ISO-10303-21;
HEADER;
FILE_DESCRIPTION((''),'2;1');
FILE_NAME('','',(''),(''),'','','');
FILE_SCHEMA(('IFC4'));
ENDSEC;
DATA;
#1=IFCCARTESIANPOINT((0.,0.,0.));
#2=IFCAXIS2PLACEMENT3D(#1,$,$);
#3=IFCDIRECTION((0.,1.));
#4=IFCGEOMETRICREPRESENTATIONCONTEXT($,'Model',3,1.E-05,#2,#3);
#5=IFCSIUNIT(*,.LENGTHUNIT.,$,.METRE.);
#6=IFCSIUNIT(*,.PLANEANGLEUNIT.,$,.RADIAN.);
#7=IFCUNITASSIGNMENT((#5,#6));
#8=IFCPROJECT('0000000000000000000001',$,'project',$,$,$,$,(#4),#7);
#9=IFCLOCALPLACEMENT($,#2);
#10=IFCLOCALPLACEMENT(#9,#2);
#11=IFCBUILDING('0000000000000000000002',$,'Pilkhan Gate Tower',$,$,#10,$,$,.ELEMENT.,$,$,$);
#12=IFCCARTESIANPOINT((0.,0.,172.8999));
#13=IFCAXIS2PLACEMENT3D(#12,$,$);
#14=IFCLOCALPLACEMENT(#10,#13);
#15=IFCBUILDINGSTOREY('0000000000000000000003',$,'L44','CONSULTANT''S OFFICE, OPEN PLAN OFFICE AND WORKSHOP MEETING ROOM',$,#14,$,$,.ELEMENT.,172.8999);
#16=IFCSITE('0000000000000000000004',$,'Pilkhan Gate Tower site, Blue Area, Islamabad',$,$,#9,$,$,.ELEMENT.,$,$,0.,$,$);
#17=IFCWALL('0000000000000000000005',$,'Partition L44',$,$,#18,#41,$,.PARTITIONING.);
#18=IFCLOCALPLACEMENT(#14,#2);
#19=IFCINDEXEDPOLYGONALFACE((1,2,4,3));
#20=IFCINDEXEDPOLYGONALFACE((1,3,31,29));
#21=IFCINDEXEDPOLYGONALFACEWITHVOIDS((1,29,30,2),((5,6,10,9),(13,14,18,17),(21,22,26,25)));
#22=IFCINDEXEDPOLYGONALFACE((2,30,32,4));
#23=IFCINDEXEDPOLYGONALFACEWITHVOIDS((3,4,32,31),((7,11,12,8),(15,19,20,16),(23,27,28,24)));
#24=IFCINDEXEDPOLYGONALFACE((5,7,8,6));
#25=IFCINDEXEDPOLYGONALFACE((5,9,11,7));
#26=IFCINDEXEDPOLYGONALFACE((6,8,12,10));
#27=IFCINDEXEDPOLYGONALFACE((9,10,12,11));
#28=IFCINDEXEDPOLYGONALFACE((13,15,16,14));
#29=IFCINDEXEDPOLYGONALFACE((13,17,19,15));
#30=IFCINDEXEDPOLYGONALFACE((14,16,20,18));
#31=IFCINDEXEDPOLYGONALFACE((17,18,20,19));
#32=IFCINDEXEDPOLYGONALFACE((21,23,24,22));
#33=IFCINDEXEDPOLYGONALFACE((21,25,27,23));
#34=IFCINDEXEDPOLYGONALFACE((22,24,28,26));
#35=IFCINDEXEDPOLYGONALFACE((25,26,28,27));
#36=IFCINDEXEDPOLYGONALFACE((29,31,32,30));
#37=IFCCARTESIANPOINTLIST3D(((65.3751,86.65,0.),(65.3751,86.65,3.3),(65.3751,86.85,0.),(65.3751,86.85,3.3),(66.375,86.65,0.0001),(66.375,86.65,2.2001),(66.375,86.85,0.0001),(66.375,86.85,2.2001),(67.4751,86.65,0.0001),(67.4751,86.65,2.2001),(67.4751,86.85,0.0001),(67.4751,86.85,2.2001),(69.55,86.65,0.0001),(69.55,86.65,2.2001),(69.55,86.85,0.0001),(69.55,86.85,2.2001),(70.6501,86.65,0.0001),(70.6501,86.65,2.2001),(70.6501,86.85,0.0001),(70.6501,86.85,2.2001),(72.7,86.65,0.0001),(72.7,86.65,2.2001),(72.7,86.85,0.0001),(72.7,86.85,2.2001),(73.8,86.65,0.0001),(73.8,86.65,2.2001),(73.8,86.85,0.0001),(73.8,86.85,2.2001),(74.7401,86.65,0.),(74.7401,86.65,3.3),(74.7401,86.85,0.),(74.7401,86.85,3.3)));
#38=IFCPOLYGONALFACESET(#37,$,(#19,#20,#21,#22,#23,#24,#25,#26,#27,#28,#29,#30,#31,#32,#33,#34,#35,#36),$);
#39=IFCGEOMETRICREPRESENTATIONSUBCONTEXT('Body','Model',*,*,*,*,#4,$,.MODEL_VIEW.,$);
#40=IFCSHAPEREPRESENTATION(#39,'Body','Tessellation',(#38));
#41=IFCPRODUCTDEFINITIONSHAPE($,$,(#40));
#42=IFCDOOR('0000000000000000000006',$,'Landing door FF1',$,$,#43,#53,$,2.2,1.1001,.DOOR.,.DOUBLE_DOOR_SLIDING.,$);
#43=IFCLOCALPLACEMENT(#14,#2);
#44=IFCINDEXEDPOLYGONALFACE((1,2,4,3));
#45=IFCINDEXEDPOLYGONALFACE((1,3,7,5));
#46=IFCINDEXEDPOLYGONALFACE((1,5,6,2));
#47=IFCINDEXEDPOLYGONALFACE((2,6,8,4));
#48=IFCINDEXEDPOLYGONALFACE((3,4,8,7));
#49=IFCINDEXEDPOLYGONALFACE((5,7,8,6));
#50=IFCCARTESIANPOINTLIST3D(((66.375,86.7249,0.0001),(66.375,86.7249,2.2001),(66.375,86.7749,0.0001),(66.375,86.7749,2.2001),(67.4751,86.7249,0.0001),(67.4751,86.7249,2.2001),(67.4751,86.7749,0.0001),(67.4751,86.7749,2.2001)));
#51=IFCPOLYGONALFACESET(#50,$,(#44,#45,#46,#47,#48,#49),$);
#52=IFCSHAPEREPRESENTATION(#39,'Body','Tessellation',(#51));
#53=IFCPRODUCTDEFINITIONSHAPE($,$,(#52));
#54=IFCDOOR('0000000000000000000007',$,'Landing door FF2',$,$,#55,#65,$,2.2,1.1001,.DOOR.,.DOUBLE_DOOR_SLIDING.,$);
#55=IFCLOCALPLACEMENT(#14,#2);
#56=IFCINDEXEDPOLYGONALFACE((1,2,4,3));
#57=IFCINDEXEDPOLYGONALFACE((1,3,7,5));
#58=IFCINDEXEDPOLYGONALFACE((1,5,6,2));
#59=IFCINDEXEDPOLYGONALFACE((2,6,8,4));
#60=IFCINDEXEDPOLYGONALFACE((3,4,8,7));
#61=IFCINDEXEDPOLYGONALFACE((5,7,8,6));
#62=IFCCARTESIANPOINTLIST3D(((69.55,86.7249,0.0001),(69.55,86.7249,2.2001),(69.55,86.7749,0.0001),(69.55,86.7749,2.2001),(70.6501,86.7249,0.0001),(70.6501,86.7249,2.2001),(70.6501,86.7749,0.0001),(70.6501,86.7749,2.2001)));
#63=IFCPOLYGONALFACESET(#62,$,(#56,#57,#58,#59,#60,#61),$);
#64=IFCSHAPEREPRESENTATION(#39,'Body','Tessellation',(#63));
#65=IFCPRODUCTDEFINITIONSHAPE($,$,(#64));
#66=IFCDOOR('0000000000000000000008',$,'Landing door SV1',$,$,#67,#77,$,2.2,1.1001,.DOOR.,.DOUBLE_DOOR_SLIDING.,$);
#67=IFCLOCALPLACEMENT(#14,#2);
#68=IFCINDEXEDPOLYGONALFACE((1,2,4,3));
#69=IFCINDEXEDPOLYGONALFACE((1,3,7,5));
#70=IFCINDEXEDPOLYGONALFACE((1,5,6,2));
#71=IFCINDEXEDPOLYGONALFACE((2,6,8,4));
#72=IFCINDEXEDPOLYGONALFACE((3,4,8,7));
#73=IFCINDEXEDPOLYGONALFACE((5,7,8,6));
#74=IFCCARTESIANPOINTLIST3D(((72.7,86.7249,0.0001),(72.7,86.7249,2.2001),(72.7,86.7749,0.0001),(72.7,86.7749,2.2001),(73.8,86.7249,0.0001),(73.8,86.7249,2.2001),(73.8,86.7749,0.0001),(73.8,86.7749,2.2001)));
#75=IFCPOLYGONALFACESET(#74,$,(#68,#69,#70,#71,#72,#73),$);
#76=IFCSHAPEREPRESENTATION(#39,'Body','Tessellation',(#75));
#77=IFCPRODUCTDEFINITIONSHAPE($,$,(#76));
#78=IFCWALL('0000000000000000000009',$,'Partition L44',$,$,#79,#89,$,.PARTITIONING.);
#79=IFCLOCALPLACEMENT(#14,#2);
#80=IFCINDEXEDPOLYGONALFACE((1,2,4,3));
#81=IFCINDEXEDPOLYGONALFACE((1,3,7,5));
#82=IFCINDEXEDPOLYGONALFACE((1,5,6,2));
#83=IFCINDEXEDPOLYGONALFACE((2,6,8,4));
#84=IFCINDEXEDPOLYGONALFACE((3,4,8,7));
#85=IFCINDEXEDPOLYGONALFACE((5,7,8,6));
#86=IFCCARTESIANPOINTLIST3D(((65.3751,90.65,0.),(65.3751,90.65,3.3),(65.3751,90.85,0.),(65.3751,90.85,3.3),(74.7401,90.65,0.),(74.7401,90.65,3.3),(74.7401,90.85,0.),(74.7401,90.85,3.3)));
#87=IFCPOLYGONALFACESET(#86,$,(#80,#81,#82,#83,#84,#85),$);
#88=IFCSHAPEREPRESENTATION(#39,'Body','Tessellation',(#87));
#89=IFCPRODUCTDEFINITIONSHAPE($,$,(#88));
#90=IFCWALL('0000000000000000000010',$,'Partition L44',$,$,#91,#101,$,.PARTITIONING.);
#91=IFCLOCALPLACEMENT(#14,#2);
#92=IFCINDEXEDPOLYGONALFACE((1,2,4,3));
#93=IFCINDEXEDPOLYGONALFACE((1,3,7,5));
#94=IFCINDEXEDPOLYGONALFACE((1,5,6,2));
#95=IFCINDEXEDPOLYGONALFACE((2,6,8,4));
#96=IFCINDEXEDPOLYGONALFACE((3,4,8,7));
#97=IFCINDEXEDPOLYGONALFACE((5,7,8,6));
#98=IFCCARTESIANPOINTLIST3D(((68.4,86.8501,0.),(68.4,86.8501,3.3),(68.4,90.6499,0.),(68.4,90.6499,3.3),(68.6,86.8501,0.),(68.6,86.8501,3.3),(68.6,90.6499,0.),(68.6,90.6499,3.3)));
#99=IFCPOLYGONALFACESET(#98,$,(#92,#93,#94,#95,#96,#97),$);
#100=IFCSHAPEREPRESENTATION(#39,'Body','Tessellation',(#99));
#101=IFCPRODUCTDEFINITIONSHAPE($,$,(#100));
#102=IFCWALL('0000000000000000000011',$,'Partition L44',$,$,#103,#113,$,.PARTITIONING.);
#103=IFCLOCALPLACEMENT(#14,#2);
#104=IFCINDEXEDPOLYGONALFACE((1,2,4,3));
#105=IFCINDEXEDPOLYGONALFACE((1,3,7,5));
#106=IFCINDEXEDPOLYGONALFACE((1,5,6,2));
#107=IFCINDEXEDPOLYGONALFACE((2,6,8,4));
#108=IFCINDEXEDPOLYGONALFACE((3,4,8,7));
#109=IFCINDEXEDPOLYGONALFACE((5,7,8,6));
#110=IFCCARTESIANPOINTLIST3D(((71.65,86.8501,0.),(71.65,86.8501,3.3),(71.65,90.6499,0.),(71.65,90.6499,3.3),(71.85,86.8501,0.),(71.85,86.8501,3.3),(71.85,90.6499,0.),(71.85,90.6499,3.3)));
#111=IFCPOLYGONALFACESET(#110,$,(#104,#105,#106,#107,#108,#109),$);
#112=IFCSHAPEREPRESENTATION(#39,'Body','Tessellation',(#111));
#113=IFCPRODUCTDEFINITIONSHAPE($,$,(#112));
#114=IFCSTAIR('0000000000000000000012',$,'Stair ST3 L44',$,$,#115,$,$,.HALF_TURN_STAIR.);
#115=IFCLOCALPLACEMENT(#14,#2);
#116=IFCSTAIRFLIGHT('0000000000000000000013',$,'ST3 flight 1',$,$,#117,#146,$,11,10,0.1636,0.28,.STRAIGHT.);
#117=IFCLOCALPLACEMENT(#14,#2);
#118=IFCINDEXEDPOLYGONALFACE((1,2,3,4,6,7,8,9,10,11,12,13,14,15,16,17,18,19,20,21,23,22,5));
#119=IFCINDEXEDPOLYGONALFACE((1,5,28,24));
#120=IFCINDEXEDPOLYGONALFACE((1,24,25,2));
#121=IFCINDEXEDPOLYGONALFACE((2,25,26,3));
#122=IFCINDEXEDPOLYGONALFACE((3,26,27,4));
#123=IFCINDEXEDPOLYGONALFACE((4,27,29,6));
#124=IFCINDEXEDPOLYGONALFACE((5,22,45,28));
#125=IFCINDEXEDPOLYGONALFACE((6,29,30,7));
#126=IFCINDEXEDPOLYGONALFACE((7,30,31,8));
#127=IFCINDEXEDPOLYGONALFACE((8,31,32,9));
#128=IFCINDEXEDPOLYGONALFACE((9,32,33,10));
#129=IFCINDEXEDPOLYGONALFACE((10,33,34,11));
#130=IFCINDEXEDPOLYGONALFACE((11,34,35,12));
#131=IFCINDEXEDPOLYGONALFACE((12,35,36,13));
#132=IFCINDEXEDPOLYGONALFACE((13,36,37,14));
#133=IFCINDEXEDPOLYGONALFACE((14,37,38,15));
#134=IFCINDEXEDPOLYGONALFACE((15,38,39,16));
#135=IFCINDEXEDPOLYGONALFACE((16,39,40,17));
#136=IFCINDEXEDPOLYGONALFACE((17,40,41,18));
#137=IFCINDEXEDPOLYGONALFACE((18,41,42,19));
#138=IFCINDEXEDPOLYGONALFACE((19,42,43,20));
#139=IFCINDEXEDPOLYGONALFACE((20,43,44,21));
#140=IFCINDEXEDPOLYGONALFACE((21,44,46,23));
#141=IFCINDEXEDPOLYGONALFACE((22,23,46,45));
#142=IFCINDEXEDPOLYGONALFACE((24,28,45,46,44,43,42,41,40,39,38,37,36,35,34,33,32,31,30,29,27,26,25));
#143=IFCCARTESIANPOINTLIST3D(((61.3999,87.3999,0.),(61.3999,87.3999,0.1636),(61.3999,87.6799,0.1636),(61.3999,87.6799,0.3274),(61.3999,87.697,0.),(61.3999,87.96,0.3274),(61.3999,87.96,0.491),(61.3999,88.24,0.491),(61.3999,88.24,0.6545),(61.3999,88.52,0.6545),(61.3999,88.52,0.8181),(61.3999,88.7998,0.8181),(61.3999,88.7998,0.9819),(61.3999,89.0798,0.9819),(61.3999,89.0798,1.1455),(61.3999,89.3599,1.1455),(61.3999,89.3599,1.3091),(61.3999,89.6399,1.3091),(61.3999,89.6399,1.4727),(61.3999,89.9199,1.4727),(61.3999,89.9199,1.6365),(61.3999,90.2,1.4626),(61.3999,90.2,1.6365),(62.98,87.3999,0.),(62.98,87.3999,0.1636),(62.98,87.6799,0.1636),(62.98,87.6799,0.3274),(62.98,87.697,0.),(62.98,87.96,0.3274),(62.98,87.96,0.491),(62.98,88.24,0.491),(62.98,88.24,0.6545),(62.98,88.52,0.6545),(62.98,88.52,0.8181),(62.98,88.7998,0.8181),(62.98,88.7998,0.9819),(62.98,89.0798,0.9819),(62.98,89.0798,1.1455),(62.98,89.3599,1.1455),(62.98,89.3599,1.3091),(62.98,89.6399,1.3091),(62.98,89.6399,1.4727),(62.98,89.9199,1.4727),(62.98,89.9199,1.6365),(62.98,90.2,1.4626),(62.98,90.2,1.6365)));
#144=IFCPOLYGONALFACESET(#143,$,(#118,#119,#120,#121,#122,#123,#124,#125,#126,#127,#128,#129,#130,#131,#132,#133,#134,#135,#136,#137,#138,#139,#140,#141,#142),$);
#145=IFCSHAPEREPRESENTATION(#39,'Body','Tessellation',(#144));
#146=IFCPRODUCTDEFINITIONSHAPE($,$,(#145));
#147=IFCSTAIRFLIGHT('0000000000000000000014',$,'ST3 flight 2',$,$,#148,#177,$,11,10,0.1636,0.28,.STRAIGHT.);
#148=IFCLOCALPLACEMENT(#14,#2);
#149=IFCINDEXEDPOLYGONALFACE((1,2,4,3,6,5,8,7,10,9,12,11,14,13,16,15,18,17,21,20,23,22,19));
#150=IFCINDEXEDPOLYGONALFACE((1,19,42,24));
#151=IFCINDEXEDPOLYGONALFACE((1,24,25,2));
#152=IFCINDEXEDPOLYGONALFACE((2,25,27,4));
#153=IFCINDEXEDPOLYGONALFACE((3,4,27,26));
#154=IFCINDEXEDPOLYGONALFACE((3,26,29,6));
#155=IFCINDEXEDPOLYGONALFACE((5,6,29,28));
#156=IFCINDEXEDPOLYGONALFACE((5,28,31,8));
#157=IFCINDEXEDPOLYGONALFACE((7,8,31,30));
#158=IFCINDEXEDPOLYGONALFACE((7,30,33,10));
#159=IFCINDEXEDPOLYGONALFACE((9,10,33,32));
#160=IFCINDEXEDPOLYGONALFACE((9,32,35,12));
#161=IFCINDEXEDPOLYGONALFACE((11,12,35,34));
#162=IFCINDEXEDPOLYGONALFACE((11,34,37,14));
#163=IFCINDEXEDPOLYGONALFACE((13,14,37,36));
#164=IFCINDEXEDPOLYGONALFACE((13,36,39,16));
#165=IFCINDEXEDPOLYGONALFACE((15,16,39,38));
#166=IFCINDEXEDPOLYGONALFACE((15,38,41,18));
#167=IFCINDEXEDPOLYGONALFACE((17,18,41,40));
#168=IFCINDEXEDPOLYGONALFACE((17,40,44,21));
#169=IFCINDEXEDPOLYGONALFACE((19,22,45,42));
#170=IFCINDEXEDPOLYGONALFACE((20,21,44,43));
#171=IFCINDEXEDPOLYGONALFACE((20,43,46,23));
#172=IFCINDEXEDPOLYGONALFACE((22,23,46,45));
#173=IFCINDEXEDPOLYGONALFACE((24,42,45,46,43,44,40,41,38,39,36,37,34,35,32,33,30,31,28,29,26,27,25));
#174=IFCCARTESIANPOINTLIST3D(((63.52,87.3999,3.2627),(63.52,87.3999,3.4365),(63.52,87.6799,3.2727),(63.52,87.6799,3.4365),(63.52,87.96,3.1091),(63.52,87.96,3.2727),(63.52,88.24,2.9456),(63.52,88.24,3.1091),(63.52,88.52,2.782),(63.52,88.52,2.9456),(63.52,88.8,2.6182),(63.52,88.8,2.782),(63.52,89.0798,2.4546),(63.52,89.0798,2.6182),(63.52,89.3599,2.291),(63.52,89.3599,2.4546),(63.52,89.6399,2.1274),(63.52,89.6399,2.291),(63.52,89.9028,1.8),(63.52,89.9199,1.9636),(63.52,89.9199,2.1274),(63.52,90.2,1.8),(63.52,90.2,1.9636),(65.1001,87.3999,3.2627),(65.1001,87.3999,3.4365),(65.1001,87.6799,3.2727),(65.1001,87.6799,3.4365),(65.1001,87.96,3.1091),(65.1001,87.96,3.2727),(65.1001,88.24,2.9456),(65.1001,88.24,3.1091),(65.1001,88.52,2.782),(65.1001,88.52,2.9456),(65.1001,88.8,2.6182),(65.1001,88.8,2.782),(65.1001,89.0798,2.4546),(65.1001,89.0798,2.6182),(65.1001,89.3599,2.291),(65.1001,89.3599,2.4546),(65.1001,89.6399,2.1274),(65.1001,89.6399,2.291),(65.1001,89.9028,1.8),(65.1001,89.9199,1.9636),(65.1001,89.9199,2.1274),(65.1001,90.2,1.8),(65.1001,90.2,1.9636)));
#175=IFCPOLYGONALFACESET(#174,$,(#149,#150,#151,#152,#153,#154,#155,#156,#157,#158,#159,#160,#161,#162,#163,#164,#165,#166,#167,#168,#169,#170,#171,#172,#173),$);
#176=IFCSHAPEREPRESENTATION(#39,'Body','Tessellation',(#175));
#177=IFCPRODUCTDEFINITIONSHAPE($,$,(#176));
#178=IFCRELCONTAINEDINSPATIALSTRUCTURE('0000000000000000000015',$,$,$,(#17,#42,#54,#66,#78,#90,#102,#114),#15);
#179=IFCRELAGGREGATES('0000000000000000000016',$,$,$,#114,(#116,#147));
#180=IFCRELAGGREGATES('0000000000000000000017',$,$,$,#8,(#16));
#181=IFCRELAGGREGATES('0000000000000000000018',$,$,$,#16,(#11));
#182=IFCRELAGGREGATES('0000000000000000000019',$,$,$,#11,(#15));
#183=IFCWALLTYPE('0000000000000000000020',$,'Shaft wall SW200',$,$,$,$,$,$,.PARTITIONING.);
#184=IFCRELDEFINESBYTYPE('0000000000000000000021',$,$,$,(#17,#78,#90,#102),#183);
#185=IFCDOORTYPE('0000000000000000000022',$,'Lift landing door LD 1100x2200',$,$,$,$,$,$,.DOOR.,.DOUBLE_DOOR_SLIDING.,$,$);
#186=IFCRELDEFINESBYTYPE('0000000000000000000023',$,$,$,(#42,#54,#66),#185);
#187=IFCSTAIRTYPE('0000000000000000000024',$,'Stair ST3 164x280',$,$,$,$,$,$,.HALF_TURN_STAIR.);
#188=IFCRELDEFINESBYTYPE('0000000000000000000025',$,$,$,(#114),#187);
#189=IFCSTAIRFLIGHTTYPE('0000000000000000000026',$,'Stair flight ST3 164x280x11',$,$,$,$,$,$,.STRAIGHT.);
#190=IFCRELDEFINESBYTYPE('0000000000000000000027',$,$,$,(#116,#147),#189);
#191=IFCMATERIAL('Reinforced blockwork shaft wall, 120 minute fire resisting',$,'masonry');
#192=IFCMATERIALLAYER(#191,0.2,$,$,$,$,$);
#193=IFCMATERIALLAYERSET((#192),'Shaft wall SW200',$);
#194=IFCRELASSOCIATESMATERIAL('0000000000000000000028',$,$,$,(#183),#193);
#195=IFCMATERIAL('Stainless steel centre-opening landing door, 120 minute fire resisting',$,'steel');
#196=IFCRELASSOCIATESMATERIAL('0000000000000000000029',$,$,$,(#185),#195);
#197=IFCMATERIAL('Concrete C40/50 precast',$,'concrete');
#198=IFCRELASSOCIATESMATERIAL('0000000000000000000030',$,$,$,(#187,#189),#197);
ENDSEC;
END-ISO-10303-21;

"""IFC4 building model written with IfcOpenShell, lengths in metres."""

from ifc_helpers import new_model, si_unit, direction, frame, frame_2d, origin, place, context, subcontext, project, spatial, polyline, rectangle, outline, extrude, material, layer, layer_set, type_object, element, fill, aggregate, save


model = new_model("IFC4")

# Units and contexts
model_context = context("Model", 3, precision=1e-05, world=origin(), true_north=direction((0.0, 1.0)))
body_context = subcontext(model_context, "Body", "Model", "MODEL_VIEW")
ifc_project = project(units=[si_unit("LENGTHUNIT", "METRE"), si_unit("PLANEANGLEUNIT", "RADIAN")], contexts=[model_context])

# Site, building, storey
site_placement = place(None, origin())
site = spatial("IfcSite", under=ifc_project, at=site_placement, Name="Pilkhan Gate Tower site, Blue Area, Islamabad", CompositionType="ELEMENT", RefElevation=0.0)
building_placement = place(site_placement, origin())
building = spatial("IfcBuilding", under=site, at=building_placement, Name="Pilkhan Gate Tower", CompositionType="ELEMENT")
storey_placement = place(building_placement, frame((0.0, 0.0, 172.8999)))
storey = spatial("IfcBuildingStorey", under=building, at=storey_placement, Name="L44", Description="CONSULTANT'S OFFICE, OPEN PLAN OFFICE AND WORKSHOP MEETING ROOM", CompositionType="ELEMENT", Elevation=172.8999)

# Wall, openings, doors
ifc_material_1 = material(Name="Reinforced blockwork shaft wall, 120 minute fire resisting", Category="masonry")
ifc_layer_1 = layer(ifc_material_1, 0.2)
ifc_layer_set_1 = layer_set([ifc_layer_1], Name="Shaft wall SW200")
wall_type_1 = type_object("IfcWallType", Name="Shaft wall SW200", PredefinedType="PARTITIONING", material=ifc_layer_set_1)
wall_1_placement = place(storey_placement, frame((65.375, 86.75, 0.0), z_axis=(0.0, 0.0, 1.0), x_axis=(1.0, 0.0, 0.0)))
wall_1 = element("IfcWall", 1, at=wall_1_placement, inside=storey, type_object=wall_type_1, Name="Partition L44", PredefinedType="PARTITIONING", context=body_context, shape_type="SweptSolid", body=[
    extrude(rectangle(XDim=9.365, YDim=0.2, at=frame_2d((4.6826, 0.0))), origin(), (0.0, 0.0, 1.0), 3.3),
])
opening_1_placement = place(wall_1_placement, frame((1.0, 0.0, 0.0)))
opening_1 = element("IfcOpeningElement", 2, at=opening_1_placement, cuts=wall_1, PredefinedType="OPENING", context=body_context, shape_type="SweptSolid", body=[
    extrude(rectangle(XDim=1.1001, YDim=2.2, at=frame_2d((0.55, 1.1001))), frame((0.0, 0.1099, 0.0), z_axis=(0.0, -1.0, 0.0), x_axis=(1.0, 0.0, 0.0)), (0.0, 0.0, 1.0), 0.22),
])
opening_2_placement = place(wall_1_placement, frame((4.175, 0.0, 0.0)))
opening_2 = element("IfcOpeningElement", 3, at=opening_2_placement, cuts=wall_1, PredefinedType="OPENING", context=body_context, shape_type="SweptSolid", body=[
    extrude(rectangle(XDim=1.1001, YDim=2.2, at=frame_2d((0.55, 1.1001))), frame((0.0, 0.1099, 0.0), z_axis=(0.0, -1.0, 0.0), x_axis=(1.0, 0.0, 0.0)), (0.0, 0.0, 1.0), 0.22),
])
opening_3_placement = place(wall_1_placement, frame((7.325, 0.0, 0.0)))
opening_3 = element("IfcOpeningElement", 4, at=opening_3_placement, cuts=wall_1, PredefinedType="OPENING", context=body_context, shape_type="SweptSolid", body=[
    extrude(rectangle(XDim=1.1001, YDim=2.2, at=frame_2d((0.55, 1.1001))), frame((0.0, 0.1099, 0.0), z_axis=(0.0, -1.0, 0.0), x_axis=(1.0, 0.0, 0.0)), (0.0, 0.0, 1.0), 0.22),
])
ifc_material_2 = material(Name="Stainless steel centre-opening landing door, 120 minute fire resisting", Category="steel")
door_type_1 = type_object("IfcDoorType", Name="Lift landing door LD 1100x2200", OperationType="DOUBLE_DOOR_SLIDING", PredefinedType="DOOR", material=ifc_material_2)
door_1_placement = place(opening_1_placement, origin())
door_1 = element("IfcDoor", 5, at=door_1_placement, inside=storey, type_object=door_type_1, Name="Landing door FF1", OperationType="DOUBLE_DOOR_SLIDING", OverallHeight=2.2, OverallWidth=1.1001, PredefinedType="DOOR", context=body_context, shape_type="SweptSolid", body=[
    extrude(rectangle(XDim=1.1001, YDim=2.2, at=frame_2d((0.55, 1.1001))), frame((0.0, 0.0249, 0.0), z_axis=(0.0, -1.0, 0.0), x_axis=(1.0, 0.0, 0.0)), (0.0, 0.0, 1.0), 0.05),
])
fill(opening_1, door_1)
door_2_placement = place(opening_2_placement, origin())
door_2 = element("IfcDoor", 6, at=door_2_placement, inside=storey, type_object=door_type_1, Name="Landing door FF2", OperationType="DOUBLE_DOOR_SLIDING", OverallHeight=2.2, OverallWidth=1.1001, PredefinedType="DOOR", context=body_context, shape_type="SweptSolid", body=[
    extrude(rectangle(XDim=1.1001, YDim=2.2, at=frame_2d((0.55, 1.1001))), frame((0.0, 0.0249, 0.0), z_axis=(0.0, -1.0, 0.0), x_axis=(1.0, 0.0, 0.0)), (0.0, 0.0, 1.0), 0.05),
])
fill(opening_2, door_2)
door_3_placement = place(opening_3_placement, origin())
door_3 = element("IfcDoor", 7, at=door_3_placement, inside=storey, type_object=door_type_1, Name="Landing door SV1", OperationType="DOUBLE_DOOR_SLIDING", OverallHeight=2.2, OverallWidth=1.1001, PredefinedType="DOOR", context=body_context, shape_type="SweptSolid", body=[
    extrude(rectangle(XDim=1.1001, YDim=2.2, at=frame_2d((0.55, 1.1001))), frame((0.0, 0.0249, 0.0), z_axis=(0.0, -1.0, 0.0), x_axis=(1.0, 0.0, 0.0)), (0.0, 0.0, 1.0), 0.05),
])
fill(opening_3, door_3)

# Walls
wall_2_placement = place(storey_placement, frame((65.375, 90.75, 0.0), z_axis=(0.0, 0.0, 1.0), x_axis=(1.0, 0.0, 0.0)))
element("IfcWall", 8, at=wall_2_placement, inside=storey, type_object=wall_type_1, Name="Partition L44", PredefinedType="PARTITIONING", context=body_context, shape_type="SweptSolid", body=[
    extrude(rectangle(XDim=9.365, YDim=0.2, at=frame_2d((4.6826, 0.0))), origin(), (0.0, 0.0, 1.0), 3.3),
])
for number, where, z_axis, x_axis, name in (
    (9, (68.5, 86.8501, 0.0), (0.0, 0.0, 1.0), (0.0, 1.0, 0.0), "Partition L44"),
    (10, (71.75, 86.8501, 0.0), (0.0, 0.0, 1.0), (0.0, 1.0, 0.0), "Partition L44"),
):
    element("IfcWall", number, at=place(storey_placement, frame(where, z_axis=z_axis, x_axis=x_axis)), inside=storey, type_object=wall_type_1, Name=name, PredefinedType="PARTITIONING", context=body_context, shape_type="SweptSolid", body=[
        extrude(rectangle(XDim=3.7998, YDim=0.2, at=frame_2d((1.8999, 0.0))), origin(), (0.0, 0.0, 1.0), 3.3),
    ])

# Stair, stair flights
ifc_material_3 = material(Name="Concrete C40/50 precast", Category="concrete")
stair_type = type_object("IfcStairType", Name="Stair ST3 164x280", PredefinedType="HALF_TURN_STAIR", material=ifc_material_3)
stair_placement = place(storey_placement, origin())
stair = element("IfcStair", 11, at=stair_placement, inside=storey, type_object=stair_type, Name="Stair ST3 L44", PredefinedType="HALF_TURN_STAIR")
stair_flight_type = type_object("IfcStairFlightType", Name="Stair flight ST3 164x280x11", PredefinedType="STRAIGHT", material=ifc_material_3)
stair_flight_1_placement = place(storey_placement, frame((62.1899, 87.3999, 0.0), z_axis=(0.0, 0.0, 1.0), x_axis=(0.0, 1.0, 0.0)))
stair_flight_1 = element("IfcStairFlight", 12, at=stair_flight_1_placement, type_object=stair_flight_type, Name="ST3 flight 1", NumberOfRisers=11, NumberOfTreads=10, PredefinedType="STRAIGHT", RiserHeight=0.1636, TreadLength=0.28, context=body_context, shape_type="SweptSolid", body=[
    extrude(outline(polyline([(0.0, 0.0), (0.0, 0.1636), (0.28, 0.1636), (0.28, 0.3274), (0.5601, 0.3274), (0.5601, 0.491), (0.8401, 0.491), (0.8401, 0.6545), (1.1201, 0.6545), (1.1201, 0.8181), (1.3999, 0.8181), (1.3999, 0.9819), (1.6799, 0.9819), (1.6799, 1.1455), (1.96, 1.1455), (1.96, 1.3091), (2.24, 1.3091), (2.24, 1.4727), (2.52, 1.4727), (2.52, 1.6365), (2.8, 1.6365), (2.8, 1.8), (2.8, 1.4626), (0.2971, 0.0), (0.0, 0.0)])), frame((0.0, 0.79, 0.0), z_axis=(0.0, -1.0, 0.0), x_axis=(1.0, 0.0, 0.0)), (0.0, 0.0, 1.0), 1.5801),
])
stair_flight_2_placement = place(storey_placement, frame((64.3101, 90.2, 1.8), z_axis=(0.0, 0.0, 1.0), x_axis=(0.0, -1.0, 0.0)))
stair_flight_2 = element("IfcStairFlight", 13, at=stair_flight_2_placement, type_object=stair_flight_type, Name="ST3 flight 2", NumberOfRisers=11, NumberOfTreads=10, PredefinedType="STRAIGHT", RiserHeight=0.1636, TreadLength=0.28, context=body_context, shape_type="SweptSolid", body=[
    extrude(outline(polyline([(0.0, 0.0), (0.0, 0.1636), (0.28, 0.1636), (0.28, 0.3274), (0.5601, 0.3274), (0.5601, 0.491), (0.8401, 0.491), (0.8401, 0.6545), (1.1201, 0.6545), (1.1201, 0.8181), (1.3999, 0.8181), (1.3999, 0.9819), (1.6799, 0.9819), (1.6799, 1.1455), (1.96, 1.1455), (1.96, 1.3091), (2.24, 1.3091), (2.24, 1.4727), (2.52, 1.4727), (2.52, 1.6365), (2.8, 1.6365), (2.8, 1.8), (2.8, 1.4626), (0.2971, 0.0), (0.0, 0.0)])), frame((0.0, 0.79, 0.0), z_axis=(0.0, -1.0, 0.0), x_axis=(1.0, 0.0, 0.0)), (0.0, 0.0, 1.0), 1.5801),
])
aggregate(stair, [stair_flight_1, stair_flight_2])

save(model, "model.ifc")
